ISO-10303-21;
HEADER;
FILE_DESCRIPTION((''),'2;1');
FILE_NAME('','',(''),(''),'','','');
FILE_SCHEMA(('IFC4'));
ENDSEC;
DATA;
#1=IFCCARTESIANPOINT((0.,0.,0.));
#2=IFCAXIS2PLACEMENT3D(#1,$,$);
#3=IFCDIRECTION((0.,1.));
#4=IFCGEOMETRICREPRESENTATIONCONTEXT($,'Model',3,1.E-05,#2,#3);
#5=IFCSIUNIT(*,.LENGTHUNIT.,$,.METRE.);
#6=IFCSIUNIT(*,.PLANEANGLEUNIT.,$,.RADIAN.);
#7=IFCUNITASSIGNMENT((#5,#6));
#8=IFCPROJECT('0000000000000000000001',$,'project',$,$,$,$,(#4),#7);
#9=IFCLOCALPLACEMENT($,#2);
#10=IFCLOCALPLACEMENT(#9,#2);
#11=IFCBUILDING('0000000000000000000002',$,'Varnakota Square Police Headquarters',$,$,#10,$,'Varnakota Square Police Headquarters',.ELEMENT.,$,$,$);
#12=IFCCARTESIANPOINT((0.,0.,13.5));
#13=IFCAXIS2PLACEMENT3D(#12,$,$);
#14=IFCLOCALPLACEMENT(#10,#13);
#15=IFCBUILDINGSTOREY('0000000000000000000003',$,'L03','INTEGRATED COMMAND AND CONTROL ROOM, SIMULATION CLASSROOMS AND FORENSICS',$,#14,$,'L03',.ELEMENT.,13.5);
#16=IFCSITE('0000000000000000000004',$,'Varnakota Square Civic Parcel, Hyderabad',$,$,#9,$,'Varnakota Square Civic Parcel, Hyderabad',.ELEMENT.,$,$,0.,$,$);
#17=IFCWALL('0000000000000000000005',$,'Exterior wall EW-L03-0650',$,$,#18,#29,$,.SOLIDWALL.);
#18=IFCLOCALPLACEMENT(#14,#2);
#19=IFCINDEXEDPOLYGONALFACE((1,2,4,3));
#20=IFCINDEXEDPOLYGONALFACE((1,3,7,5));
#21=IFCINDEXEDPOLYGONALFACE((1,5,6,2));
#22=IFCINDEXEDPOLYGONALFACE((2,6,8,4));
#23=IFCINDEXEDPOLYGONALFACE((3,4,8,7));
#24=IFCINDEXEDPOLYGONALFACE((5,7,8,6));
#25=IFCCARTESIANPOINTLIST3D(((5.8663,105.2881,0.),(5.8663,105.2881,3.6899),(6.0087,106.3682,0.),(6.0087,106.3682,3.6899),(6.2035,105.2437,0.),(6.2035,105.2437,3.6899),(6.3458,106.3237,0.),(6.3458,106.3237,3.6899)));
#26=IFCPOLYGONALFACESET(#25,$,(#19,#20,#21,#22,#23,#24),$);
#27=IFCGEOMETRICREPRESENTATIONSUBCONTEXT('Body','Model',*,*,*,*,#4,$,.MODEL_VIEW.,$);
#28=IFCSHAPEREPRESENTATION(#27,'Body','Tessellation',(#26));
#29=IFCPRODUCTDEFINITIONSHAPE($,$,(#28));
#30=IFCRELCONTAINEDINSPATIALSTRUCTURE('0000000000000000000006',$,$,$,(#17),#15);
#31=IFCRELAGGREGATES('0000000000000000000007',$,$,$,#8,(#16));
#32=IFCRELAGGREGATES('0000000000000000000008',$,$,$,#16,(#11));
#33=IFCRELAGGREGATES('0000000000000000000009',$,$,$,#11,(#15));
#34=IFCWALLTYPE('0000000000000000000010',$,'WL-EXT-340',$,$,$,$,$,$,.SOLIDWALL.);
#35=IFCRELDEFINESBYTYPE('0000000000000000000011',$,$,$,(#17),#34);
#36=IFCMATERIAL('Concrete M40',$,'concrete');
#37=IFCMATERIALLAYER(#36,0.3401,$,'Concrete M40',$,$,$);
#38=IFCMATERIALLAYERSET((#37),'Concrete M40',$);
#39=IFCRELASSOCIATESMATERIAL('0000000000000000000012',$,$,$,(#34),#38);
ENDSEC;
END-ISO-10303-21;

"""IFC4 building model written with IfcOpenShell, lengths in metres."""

from ifc_helpers import new_model, si_unit, direction, frame, frame_2d, origin, place, context, subcontext, project, spatial, rectangle, extrude, material, layer, layer_set, type_object, element, save


model = new_model("IFC4")

# Units and contexts
model_context = context("Model", 3, precision=1e-05, world=origin(), true_north=direction((0.0, 1.0)))
body_context = subcontext(model_context, "Body", "Model", "MODEL_VIEW")
ifc_project = project(units=[si_unit("LENGTHUNIT", "METRE"), si_unit("PLANEANGLEUNIT", "RADIAN")], contexts=[model_context])

# Site, building, storey
site_placement = place(None, origin())
site = spatial("IfcSite", under=ifc_project, at=site_placement, Name="Varnakota Square Civic Parcel, Hyderabad", LongName="Varnakota Square Civic Parcel, Hyderabad", CompositionType="ELEMENT", RefElevation=0.0)
building_placement = place(site_placement, origin())
building = spatial("IfcBuilding", under=site, at=building_placement, Name="Varnakota Square Police Headquarters", LongName="Varnakota Square Police Headquarters", CompositionType="ELEMENT")
storey_placement = place(building_placement, frame((0.0, 0.0, 13.5)))
storey = spatial("IfcBuildingStorey", under=building, at=storey_placement, Name="L03", Description="INTEGRATED COMMAND AND CONTROL ROOM, SIMULATION CLASSROOMS AND FORENSICS", LongName="L03", CompositionType="ELEMENT", Elevation=13.5)

# Wall
ifc_material_1 = material(Name="Concrete M40", Category="concrete")
ifc_layer_1 = layer(ifc_material_1, 0.3401, Name="Concrete M40")
ifc_layer_set_1 = layer_set([ifc_layer_1], Name="Concrete M40")
wall_type_1 = type_object("IfcWallType", Name="WL-EXT-340", PredefinedType="SOLIDWALL", material=ifc_layer_set_1)
wall_1_placement = place(storey_placement, frame((6.1772, 106.3459, 0.0), z_axis=(0.0, 0.0, 1.0), x_axis=(-0.130652, -0.991428, 0.0)))
element("IfcWall", 1, at=wall_1_placement, inside=storey, type_object=wall_type_1, Name="Exterior wall EW-L03-0650", PredefinedType="SOLIDWALL", context=body_context, shape_type="SweptSolid", body=[
    extrude(rectangle(XDim=1.0894, YDim=0.3401, at=frame_2d((0.5447, 0.0))), origin(), (0.0, 0.0, 1.0), 3.6899),
])

save(model, "model.ifc")
